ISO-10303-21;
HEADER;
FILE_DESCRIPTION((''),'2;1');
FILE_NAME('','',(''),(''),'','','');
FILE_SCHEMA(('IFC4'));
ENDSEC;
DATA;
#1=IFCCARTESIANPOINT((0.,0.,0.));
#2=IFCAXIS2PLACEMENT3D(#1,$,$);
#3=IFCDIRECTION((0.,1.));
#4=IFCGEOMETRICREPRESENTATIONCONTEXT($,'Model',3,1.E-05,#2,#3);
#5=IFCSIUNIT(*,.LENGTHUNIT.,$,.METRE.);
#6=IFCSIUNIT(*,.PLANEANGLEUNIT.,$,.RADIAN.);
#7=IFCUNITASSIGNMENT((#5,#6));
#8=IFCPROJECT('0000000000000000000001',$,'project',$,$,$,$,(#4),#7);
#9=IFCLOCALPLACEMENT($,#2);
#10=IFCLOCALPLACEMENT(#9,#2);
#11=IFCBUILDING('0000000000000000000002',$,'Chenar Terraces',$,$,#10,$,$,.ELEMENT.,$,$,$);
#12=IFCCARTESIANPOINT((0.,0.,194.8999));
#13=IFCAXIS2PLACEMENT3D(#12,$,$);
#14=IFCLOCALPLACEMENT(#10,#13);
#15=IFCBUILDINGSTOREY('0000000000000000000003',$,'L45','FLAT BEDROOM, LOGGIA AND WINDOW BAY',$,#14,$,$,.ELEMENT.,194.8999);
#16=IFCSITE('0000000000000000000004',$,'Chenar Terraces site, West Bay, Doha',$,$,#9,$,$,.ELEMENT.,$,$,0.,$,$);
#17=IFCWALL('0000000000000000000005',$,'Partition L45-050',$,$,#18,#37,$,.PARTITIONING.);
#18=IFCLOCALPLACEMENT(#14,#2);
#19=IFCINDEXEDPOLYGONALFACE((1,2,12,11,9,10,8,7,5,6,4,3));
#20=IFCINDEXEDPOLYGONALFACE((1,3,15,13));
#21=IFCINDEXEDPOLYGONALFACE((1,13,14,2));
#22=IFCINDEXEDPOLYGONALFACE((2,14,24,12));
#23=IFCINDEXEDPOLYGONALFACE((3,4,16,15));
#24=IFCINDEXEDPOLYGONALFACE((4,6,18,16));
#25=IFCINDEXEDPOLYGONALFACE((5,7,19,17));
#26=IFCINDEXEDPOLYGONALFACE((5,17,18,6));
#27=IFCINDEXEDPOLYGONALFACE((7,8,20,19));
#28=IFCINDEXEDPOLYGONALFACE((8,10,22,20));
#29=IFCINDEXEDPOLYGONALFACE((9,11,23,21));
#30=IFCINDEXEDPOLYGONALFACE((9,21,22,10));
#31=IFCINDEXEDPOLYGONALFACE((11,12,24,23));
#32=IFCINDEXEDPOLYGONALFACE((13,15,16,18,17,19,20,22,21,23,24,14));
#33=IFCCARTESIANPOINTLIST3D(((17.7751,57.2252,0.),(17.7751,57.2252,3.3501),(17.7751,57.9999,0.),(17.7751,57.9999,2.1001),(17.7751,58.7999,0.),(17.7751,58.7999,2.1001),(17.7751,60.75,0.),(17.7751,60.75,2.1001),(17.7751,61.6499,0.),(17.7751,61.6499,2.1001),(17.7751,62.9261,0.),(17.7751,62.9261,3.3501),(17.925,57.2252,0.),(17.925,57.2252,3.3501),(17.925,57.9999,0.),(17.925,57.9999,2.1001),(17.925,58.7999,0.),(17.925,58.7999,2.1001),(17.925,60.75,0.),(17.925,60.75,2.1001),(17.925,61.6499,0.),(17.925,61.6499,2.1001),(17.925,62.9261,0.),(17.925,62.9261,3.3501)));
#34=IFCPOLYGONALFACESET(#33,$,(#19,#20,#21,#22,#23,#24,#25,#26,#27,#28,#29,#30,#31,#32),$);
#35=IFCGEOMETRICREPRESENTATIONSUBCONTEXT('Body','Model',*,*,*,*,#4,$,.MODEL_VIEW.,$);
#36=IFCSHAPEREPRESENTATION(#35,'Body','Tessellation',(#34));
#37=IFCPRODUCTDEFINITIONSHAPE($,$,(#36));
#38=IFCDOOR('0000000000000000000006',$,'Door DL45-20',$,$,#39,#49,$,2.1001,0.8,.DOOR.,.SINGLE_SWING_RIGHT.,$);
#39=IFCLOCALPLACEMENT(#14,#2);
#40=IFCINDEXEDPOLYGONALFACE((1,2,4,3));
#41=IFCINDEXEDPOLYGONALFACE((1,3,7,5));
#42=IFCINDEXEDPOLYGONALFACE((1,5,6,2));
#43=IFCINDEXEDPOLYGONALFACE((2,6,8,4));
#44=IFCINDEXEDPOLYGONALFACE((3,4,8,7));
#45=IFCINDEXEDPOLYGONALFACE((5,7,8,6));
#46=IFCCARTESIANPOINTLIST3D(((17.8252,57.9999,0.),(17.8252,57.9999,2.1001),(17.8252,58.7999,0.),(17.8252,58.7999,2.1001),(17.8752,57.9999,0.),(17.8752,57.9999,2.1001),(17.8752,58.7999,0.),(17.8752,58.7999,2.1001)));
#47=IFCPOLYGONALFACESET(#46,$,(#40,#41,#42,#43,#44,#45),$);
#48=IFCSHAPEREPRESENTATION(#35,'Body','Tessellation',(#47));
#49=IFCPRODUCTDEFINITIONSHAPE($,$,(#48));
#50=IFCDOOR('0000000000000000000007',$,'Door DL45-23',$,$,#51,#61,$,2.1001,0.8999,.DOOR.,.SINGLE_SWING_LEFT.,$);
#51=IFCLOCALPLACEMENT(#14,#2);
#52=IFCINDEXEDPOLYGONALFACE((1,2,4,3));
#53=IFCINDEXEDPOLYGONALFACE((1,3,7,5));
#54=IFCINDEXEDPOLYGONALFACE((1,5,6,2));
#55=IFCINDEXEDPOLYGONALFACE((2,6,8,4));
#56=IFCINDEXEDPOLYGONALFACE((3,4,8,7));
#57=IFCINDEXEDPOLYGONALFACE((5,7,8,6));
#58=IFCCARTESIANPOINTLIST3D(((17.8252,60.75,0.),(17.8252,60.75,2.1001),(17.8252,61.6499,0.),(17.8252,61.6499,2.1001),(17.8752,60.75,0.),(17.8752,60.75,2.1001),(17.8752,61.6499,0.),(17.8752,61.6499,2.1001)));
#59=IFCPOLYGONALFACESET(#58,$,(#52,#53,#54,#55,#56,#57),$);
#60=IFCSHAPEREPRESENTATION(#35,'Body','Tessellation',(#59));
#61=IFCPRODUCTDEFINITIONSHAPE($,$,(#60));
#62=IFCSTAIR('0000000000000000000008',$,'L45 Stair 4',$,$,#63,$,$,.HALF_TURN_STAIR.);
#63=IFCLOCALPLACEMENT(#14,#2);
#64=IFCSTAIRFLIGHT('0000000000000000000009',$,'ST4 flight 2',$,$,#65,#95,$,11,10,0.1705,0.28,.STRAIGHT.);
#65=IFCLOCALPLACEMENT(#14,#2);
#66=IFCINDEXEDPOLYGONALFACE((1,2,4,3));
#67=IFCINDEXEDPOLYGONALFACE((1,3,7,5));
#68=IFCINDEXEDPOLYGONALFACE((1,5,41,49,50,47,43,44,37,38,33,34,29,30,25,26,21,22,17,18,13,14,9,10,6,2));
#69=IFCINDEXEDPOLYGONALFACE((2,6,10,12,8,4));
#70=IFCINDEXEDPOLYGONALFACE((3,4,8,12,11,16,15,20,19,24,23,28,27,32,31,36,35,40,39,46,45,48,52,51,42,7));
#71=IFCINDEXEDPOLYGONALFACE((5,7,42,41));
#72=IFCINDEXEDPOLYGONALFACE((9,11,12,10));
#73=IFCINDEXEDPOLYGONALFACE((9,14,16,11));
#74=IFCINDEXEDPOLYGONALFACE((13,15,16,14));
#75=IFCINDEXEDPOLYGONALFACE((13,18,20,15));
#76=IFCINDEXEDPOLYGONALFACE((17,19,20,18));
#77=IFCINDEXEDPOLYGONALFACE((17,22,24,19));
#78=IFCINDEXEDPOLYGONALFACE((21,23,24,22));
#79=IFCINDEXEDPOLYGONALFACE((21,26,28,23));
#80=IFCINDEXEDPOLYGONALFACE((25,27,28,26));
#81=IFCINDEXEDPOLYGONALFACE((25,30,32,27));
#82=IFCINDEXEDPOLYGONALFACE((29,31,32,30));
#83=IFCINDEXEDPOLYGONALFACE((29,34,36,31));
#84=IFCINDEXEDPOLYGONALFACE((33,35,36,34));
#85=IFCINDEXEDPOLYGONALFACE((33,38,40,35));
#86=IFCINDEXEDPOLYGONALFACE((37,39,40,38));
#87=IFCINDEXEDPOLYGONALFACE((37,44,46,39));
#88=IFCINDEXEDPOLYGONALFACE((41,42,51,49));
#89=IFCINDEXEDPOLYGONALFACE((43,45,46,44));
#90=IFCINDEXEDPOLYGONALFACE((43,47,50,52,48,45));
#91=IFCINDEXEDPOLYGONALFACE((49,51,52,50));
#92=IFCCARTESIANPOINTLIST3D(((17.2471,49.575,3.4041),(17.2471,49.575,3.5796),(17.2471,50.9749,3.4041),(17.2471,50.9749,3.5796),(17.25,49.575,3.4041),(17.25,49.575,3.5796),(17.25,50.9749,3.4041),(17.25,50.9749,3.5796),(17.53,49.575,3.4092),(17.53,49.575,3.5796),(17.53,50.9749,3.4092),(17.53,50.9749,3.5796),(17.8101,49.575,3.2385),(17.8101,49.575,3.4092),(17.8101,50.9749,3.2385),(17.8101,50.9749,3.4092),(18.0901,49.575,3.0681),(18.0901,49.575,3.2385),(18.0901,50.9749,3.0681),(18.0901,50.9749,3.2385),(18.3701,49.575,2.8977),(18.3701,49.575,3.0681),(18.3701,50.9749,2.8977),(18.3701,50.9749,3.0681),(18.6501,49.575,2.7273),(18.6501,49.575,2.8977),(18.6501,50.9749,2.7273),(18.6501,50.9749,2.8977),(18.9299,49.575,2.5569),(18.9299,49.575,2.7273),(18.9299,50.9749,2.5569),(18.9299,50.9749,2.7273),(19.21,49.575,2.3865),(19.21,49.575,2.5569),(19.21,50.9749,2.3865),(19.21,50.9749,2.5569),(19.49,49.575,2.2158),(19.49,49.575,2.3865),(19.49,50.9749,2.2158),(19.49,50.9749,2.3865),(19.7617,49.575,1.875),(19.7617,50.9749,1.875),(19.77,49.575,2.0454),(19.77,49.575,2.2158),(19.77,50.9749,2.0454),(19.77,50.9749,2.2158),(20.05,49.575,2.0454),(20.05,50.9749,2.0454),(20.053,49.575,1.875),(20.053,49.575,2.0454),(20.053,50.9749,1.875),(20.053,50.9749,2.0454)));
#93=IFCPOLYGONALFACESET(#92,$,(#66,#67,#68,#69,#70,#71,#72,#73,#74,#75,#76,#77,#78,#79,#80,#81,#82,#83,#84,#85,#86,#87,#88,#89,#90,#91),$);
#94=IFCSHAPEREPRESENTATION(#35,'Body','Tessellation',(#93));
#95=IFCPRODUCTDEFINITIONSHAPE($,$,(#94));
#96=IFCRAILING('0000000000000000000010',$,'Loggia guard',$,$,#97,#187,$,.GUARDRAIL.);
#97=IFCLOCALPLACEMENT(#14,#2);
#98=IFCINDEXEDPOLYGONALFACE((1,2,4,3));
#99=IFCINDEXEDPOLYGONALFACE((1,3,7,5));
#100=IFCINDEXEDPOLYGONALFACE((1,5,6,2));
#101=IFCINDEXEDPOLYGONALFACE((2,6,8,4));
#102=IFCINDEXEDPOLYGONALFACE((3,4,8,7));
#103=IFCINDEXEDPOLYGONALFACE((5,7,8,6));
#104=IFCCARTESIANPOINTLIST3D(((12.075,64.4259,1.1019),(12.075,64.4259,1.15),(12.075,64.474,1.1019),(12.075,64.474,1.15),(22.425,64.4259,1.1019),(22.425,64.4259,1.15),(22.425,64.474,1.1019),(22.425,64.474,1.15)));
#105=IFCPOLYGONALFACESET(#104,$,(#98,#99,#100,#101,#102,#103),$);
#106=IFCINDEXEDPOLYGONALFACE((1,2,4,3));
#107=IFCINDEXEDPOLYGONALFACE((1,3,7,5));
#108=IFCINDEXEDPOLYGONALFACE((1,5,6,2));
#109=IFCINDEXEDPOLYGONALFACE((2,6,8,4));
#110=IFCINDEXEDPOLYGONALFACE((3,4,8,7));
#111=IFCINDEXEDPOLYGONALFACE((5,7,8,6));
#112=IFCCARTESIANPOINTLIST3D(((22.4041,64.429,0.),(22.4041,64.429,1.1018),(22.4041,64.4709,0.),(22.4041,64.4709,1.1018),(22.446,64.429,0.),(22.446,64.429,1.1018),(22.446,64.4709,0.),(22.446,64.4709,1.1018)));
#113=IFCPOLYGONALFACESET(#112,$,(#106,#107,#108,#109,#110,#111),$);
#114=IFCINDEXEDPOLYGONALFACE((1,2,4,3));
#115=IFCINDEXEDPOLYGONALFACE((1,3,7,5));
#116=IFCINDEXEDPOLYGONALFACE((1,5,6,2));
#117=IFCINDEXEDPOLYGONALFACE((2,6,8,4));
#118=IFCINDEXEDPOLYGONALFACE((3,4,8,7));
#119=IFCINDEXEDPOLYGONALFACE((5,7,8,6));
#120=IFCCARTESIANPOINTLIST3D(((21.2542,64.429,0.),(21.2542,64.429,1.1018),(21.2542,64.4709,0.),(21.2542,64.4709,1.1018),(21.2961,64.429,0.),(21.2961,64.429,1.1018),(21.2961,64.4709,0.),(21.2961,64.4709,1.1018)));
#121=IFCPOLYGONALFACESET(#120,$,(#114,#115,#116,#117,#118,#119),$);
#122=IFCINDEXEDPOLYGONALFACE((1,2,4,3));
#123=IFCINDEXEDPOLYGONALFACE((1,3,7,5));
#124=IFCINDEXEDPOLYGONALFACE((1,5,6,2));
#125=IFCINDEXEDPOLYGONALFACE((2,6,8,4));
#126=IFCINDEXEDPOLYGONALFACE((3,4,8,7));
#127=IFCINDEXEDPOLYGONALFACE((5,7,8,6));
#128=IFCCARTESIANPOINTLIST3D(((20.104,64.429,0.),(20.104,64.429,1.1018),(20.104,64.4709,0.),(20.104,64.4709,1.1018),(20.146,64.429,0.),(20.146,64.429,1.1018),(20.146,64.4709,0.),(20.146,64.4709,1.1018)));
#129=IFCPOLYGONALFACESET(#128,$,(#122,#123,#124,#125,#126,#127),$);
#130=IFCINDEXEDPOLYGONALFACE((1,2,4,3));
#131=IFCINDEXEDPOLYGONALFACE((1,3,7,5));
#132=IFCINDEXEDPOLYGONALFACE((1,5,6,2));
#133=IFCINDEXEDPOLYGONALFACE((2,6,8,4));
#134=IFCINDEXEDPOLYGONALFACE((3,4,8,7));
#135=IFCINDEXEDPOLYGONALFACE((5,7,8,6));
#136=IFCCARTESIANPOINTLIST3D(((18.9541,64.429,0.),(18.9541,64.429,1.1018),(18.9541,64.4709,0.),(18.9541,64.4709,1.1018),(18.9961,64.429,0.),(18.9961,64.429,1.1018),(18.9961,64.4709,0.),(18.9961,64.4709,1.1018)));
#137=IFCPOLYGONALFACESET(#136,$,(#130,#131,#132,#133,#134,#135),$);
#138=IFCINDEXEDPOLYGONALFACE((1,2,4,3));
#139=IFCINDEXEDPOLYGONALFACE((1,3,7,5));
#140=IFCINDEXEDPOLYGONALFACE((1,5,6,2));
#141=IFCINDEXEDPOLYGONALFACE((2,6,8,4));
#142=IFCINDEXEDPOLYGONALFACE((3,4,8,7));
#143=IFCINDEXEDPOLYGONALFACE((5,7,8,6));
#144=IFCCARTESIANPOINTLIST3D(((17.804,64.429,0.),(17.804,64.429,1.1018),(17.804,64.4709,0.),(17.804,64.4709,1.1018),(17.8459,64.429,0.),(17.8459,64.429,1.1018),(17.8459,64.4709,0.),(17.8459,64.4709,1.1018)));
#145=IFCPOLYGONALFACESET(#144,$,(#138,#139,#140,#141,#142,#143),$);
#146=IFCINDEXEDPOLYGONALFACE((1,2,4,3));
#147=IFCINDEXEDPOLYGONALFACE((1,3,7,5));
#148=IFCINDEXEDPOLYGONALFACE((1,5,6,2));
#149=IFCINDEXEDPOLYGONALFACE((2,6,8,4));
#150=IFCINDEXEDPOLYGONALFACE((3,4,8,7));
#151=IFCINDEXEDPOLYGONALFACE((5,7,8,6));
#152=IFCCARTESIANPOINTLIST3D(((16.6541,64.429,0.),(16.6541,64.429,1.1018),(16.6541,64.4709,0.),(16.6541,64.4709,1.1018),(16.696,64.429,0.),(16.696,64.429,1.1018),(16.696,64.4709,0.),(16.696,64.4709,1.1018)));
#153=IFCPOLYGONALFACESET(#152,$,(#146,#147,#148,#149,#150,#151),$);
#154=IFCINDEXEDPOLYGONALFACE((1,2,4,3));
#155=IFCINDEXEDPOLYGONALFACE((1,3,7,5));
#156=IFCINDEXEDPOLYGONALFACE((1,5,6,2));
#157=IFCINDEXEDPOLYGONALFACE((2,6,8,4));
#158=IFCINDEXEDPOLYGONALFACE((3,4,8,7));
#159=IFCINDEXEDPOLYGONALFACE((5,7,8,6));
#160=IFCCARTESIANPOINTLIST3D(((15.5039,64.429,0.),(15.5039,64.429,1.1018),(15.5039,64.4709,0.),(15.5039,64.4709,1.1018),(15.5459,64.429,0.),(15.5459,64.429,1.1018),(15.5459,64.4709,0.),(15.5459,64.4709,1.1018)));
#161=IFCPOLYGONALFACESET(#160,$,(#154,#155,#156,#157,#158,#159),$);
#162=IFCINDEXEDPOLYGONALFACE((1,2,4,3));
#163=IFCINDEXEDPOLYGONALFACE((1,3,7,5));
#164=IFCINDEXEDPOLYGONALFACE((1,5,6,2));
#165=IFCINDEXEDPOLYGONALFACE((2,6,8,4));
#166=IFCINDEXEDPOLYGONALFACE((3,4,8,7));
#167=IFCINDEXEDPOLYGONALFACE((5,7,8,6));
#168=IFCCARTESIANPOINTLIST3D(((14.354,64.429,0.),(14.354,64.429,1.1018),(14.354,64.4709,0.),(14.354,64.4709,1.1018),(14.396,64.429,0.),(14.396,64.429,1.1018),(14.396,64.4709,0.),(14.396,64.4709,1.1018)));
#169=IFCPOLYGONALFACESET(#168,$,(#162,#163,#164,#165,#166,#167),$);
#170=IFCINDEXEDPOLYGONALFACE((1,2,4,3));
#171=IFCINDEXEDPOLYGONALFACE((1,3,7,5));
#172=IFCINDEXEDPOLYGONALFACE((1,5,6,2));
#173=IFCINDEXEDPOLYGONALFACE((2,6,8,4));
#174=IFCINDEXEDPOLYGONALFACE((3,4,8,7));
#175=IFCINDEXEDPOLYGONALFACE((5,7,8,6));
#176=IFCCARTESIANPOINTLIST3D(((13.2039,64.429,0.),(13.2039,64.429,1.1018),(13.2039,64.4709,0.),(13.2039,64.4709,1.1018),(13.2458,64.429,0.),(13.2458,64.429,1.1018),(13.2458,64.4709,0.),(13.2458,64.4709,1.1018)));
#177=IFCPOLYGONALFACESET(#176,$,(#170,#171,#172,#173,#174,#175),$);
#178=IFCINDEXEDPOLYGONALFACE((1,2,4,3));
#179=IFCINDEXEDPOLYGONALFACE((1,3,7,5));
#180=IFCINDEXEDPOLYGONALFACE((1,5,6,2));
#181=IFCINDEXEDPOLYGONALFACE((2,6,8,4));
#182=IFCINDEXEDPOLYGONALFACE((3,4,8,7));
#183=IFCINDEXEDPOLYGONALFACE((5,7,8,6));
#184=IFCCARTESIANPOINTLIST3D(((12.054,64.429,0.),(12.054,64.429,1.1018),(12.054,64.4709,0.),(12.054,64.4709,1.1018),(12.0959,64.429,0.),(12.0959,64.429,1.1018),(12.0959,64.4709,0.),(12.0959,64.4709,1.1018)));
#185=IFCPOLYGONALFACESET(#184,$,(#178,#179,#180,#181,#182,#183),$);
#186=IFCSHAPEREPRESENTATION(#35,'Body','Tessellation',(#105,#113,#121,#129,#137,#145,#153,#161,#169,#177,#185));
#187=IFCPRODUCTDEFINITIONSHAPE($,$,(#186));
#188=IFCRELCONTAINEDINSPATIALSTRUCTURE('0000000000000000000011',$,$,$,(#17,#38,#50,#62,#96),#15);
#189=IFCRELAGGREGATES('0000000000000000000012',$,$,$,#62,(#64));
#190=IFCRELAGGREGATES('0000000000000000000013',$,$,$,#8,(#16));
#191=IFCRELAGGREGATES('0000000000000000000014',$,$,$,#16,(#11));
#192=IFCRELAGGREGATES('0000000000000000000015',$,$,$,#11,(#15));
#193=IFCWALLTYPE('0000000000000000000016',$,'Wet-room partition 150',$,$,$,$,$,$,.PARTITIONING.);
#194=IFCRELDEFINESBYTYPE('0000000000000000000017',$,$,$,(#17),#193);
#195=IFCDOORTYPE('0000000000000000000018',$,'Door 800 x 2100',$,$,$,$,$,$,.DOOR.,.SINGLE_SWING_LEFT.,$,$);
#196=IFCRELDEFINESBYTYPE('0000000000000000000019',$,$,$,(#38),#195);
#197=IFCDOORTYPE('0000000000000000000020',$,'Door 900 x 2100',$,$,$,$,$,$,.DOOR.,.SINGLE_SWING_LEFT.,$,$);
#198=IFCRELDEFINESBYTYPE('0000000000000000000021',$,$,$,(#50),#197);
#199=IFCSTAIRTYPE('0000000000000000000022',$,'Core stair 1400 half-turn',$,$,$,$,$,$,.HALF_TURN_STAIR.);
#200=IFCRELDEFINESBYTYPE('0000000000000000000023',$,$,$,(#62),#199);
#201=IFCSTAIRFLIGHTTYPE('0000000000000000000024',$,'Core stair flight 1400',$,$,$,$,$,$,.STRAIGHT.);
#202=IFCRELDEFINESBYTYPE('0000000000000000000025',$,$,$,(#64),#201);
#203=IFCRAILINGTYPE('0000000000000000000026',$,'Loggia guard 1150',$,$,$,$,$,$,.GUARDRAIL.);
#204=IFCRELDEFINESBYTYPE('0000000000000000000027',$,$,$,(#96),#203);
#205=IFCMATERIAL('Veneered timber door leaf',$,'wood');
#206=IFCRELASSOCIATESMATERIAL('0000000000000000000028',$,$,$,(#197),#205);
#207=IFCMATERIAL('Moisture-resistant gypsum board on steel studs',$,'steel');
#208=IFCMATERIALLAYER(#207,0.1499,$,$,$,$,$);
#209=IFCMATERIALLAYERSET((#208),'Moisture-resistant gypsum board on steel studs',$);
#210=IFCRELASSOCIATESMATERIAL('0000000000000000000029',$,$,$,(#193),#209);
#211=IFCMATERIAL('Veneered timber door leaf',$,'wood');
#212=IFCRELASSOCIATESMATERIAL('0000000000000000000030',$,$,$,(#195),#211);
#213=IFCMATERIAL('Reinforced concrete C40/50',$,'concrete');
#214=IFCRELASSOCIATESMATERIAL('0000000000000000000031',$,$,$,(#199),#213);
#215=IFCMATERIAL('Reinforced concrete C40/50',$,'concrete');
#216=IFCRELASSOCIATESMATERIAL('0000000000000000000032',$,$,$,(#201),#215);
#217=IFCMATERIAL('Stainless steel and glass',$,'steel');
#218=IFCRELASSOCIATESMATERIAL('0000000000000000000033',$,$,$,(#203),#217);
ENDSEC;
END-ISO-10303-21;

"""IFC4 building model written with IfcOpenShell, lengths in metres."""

from ifc_helpers import new_model, si_unit, direction, frame, frame_2d, origin, origin_2d, place, context, subcontext, project, spatial, polyline, rectangle, outline, extrude, material, layer, layer_set, type_object, element, fill, aggregate, save


model = new_model("IFC4")

# Units and contexts
model_context = context("Model", 3, precision=1e-05, world=origin(), true_north=direction((0.0, 1.0)))
body_context = subcontext(model_context, "Body", "Model", "MODEL_VIEW")
ifc_project = project(units=[si_unit("LENGTHUNIT", "METRE"), si_unit("PLANEANGLEUNIT", "RADIAN")], contexts=[model_context])

# Site, building, storey
site_placement = place(None, origin())
site = spatial("IfcSite", under=ifc_project, at=site_placement, Name="Chenar Terraces site, West Bay, Doha", CompositionType="ELEMENT", RefElevation=0.0)
building_placement = place(site_placement, origin())
building = spatial("IfcBuilding", under=site, at=building_placement, Name="Chenar Terraces", CompositionType="ELEMENT")
storey_placement = place(building_placement, frame((0.0, 0.0, 194.8999)))
storey = spatial("IfcBuildingStorey", under=building, at=storey_placement, Name="L45", Description="FLAT BEDROOM, LOGGIA AND WINDOW BAY", CompositionType="ELEMENT", Elevation=194.8999)

# Shared definitions
ifc_material_1 = material(Name="Veneered timber door leaf", Category="wood")
door_type_1 = type_object("IfcDoorType", Name="Door 900 x 2100", OperationType="SINGLE_SWING_LEFT", PredefinedType="DOOR", material=ifc_material_1)

# Shared definitions
ifc_material_2 = material(Name="Moisture-resistant gypsum board on steel studs", Category="steel")
ifc_layer_1 = layer(ifc_material_2, 0.1499)
ifc_layer_set_1 = layer_set([ifc_layer_1], Name="Moisture-resistant gypsum board on steel studs")
wall_type_1 = type_object("IfcWallType", Name="Wet-room partition 150", PredefinedType="PARTITIONING", material=ifc_layer_set_1)

# Wall, openings, doors
wall_1_placement = place(storey_placement, frame((17.8501, 57.2251, 0.0), z_axis=(0.0, 0.0, 1.0), x_axis=(0.0, 1.0, 0.0)))
wall_1 = element("IfcWall", 1, at=wall_1_placement, inside=storey, type_object=wall_type_1, Name="Partition L45-050", PredefinedType="PARTITIONING", context=body_context, shape_type="SweptSolid", body=[
    extrude(rectangle(XDim=5.7009, YDim=0.1499, at=frame_2d((2.8506, 0.0))), origin(), (0.0, 0.0, 1.0), 3.3501),
])
opening_1_placement = place(wall_1_placement, frame((0.7749, 0.0, 0.0)))
opening_1 = element("IfcOpeningElement", 2, at=opening_1_placement, cuts=wall_1, PredefinedType="OPENING", context=body_context, shape_type="SweptSolid", body=[
    extrude(rectangle(XDim=0.8, YDim=2.1001, at=frame_2d((0.3999, 1.05))), frame((0.0, 0.085, 0.0), z_axis=(0.0, -1.0, 0.0), x_axis=(1.0, 0.0, 0.0)), (0.0, 0.0, 1.0), 0.1699),
])
opening_2_placement = place(wall_1_placement, frame((3.5249, 0.0, 0.0)))
opening_2 = element("IfcOpeningElement", 3, at=opening_2_placement, cuts=wall_1, PredefinedType="OPENING", context=body_context, shape_type="SweptSolid", body=[
    extrude(rectangle(XDim=0.8999, YDim=2.1001, at=frame_2d((0.45, 1.05))), frame((0.0, 0.085, 0.0), z_axis=(0.0, -1.0, 0.0), x_axis=(1.0, 0.0, 0.0)), (0.0, 0.0, 1.0), 0.1699),
])
ifc_material_3 = material(Name="Veneered timber door leaf", Category="wood")
door_type_2 = type_object("IfcDoorType", Name="Door 800 x 2100", OperationType="SINGLE_SWING_LEFT", PredefinedType="DOOR", material=ifc_material_3)
door_1_placement = place(opening_1_placement, origin())
door_1 = element("IfcDoor", 4, at=door_1_placement, inside=storey, type_object=door_type_2, Name="Door DL45-20", OperationType="SINGLE_SWING_RIGHT", OverallHeight=2.1001, OverallWidth=0.8, PredefinedType="DOOR", context=body_context, shape_type="SweptSolid", body=[
    extrude(rectangle(XDim=0.8, YDim=2.1001, at=frame_2d((0.3999, 1.05))), frame((0.0, 0.0249, 0.0), z_axis=(0.0, -1.0, 0.0), x_axis=(1.0, 0.0, 0.0)), (0.0, 0.0, 1.0), 0.05),
])
fill(opening_1, door_1)
door_2_placement = place(opening_2_placement, origin())
door_2 = element("IfcDoor", 5, at=door_2_placement, inside=storey, type_object=door_type_1, Name="Door DL45-23", OperationType="SINGLE_SWING_LEFT", OverallHeight=2.1001, OverallWidth=0.8999, PredefinedType="DOOR", context=body_context, shape_type="SweptSolid", body=[
    extrude(rectangle(XDim=0.8999, YDim=2.1001, at=frame_2d((0.45, 1.05))), frame((0.0, 0.0249, 0.0), z_axis=(0.0, -1.0, 0.0), x_axis=(1.0, 0.0, 0.0)), (0.0, 0.0, 1.0), 0.05),
])
fill(opening_2, door_2)

# Stair, stair flight
ifc_material_4 = material(Name="Reinforced concrete C40/50", Category="concrete")
stair_type = type_object("IfcStairType", Name="Core stair 1400 half-turn", PredefinedType="HALF_TURN_STAIR", material=ifc_material_4)
stair_placement = place(storey_placement, origin())
stair = element("IfcStair", 6, at=stair_placement, inside=storey, type_object=stair_type, Name="L45 Stair 4", PredefinedType="HALF_TURN_STAIR")
ifc_material_5 = material(Name="Reinforced concrete C40/50", Category="concrete")
stair_flight_type = type_object("IfcStairFlightType", Name="Core stair flight 1400", PredefinedType="STRAIGHT", material=ifc_material_5)
stair_flight_placement = place(storey_placement, frame((20.05, 50.2749, 1.875), z_axis=(0.0, 0.0, 1.0), x_axis=(-1.0, 0.0, 0.0)))
stair_flight = element("IfcStairFlight", 7, at=stair_flight_placement, type_object=stair_flight_type, Name="ST4 flight 2", NumberOfRisers=11, NumberOfTreads=10, PredefinedType="STRAIGHT", RiserHeight=0.1705, TreadLength=0.28, context=body_context, shape_type="SweptSolid", body=[
    extrude(outline(polyline([(-0.0029, 0.0), (-0.0029, 0.1704), (0.0, 0.1704), (0.28, 0.1704), (0.28, 0.3408), (0.5601, 0.3408), (0.5601, 0.5115), (0.8401, 0.5115), (0.8401, 0.6819), (1.1201, 0.6819), (1.1201, 0.8523), (1.3999, 0.8523), (1.3999, 1.0227), (1.6799, 1.0227), (1.6799, 1.1931), (1.96, 1.1931), (1.96, 1.3635), (2.24, 1.3635), (2.24, 1.5342), (2.52, 1.5342), (2.52, 1.7046), (2.8, 1.7046), (2.803, 1.7046), (2.803, 1.5291), (2.8, 1.5291), (0.2883, 0.0), (-0.0029, 0.0)])), frame((0.0, 0.7, 0.0), z_axis=(0.0, -1.0, 0.0), x_axis=(1.0, 0.0, 0.0)), (0.0, 0.0, 1.0), 1.3999),
])
aggregate(stair, [stair_flight])

# Railing
ifc_material_6 = material(Name="Stainless steel and glass", Category="steel")
railing_type_1 = type_object("IfcRailingType", Name="Loggia guard 1150", PredefinedType="GUARDRAIL", material=ifc_material_6)
railing_1_placement = place(storey_placement, frame((22.425, 64.45, 0.0)))
element("IfcRailing", 8, at=railing_1_placement, inside=storey, type_object=railing_type_1, Name="Loggia guard", PredefinedType="GUARDRAIL", context=body_context, shape_type="SweptSolid", body=[
    extrude(rectangle(XDim=0.0481, YDim=0.0481, at=origin_2d()), frame((0.0, 0.0, 1.126), z_axis=(-1.0, 0.0, 0.0), x_axis=(0.0, -1.0, 0.0)), (0.0, 0.0, 1.0), 10.3501),
    extrude(rectangle(XDim=0.042, YDim=0.042, at=origin_2d()), origin(), (0.0, 0.0, 1.0), 1.1018),
    extrude(rectangle(XDim=0.042, YDim=0.042, at=origin_2d()), frame((-1.1499, 0.0, 0.0)), (0.0, 0.0, 1.0), 1.1018),
    extrude(rectangle(XDim=0.042, YDim=0.042, at=origin_2d()), frame((-2.3, 0.0, 0.0)), (0.0, 0.0, 1.0), 1.1018),
    extrude(rectangle(XDim=0.042, YDim=0.042, at=origin_2d()), frame((-3.45, 0.0, 0.0)), (0.0, 0.0, 1.0), 1.1018),
    extrude(rectangle(XDim=0.042, YDim=0.042, at=origin_2d()), frame((-4.6001, 0.0, 0.0)), (0.0, 0.0, 1.0), 1.1018),
    extrude(rectangle(XDim=0.042, YDim=0.042, at=origin_2d()), frame((-5.75, 0.0, 0.0)), (0.0, 0.0, 1.0), 1.1018),
    extrude(rectangle(XDim=0.042, YDim=0.042, at=origin_2d()), frame((-6.9001, 0.0, 0.0)), (0.0, 0.0, 1.0), 1.1018),
    extrude(rectangle(XDim=0.042, YDim=0.042, at=origin_2d()), frame((-8.05, 0.0, 0.0)), (0.0, 0.0, 1.0), 1.1018),
    extrude(rectangle(XDim=0.042, YDim=0.042, at=origin_2d()), frame((-9.2002, 0.0, 0.0)), (0.0, 0.0, 1.0), 1.1018),
    extrude(rectangle(XDim=0.042, YDim=0.042, at=origin_2d()), frame((-10.3501, 0.0, 0.0)), (0.0, 0.0, 1.0), 1.1018),
])

save(model, "model.ifc")
